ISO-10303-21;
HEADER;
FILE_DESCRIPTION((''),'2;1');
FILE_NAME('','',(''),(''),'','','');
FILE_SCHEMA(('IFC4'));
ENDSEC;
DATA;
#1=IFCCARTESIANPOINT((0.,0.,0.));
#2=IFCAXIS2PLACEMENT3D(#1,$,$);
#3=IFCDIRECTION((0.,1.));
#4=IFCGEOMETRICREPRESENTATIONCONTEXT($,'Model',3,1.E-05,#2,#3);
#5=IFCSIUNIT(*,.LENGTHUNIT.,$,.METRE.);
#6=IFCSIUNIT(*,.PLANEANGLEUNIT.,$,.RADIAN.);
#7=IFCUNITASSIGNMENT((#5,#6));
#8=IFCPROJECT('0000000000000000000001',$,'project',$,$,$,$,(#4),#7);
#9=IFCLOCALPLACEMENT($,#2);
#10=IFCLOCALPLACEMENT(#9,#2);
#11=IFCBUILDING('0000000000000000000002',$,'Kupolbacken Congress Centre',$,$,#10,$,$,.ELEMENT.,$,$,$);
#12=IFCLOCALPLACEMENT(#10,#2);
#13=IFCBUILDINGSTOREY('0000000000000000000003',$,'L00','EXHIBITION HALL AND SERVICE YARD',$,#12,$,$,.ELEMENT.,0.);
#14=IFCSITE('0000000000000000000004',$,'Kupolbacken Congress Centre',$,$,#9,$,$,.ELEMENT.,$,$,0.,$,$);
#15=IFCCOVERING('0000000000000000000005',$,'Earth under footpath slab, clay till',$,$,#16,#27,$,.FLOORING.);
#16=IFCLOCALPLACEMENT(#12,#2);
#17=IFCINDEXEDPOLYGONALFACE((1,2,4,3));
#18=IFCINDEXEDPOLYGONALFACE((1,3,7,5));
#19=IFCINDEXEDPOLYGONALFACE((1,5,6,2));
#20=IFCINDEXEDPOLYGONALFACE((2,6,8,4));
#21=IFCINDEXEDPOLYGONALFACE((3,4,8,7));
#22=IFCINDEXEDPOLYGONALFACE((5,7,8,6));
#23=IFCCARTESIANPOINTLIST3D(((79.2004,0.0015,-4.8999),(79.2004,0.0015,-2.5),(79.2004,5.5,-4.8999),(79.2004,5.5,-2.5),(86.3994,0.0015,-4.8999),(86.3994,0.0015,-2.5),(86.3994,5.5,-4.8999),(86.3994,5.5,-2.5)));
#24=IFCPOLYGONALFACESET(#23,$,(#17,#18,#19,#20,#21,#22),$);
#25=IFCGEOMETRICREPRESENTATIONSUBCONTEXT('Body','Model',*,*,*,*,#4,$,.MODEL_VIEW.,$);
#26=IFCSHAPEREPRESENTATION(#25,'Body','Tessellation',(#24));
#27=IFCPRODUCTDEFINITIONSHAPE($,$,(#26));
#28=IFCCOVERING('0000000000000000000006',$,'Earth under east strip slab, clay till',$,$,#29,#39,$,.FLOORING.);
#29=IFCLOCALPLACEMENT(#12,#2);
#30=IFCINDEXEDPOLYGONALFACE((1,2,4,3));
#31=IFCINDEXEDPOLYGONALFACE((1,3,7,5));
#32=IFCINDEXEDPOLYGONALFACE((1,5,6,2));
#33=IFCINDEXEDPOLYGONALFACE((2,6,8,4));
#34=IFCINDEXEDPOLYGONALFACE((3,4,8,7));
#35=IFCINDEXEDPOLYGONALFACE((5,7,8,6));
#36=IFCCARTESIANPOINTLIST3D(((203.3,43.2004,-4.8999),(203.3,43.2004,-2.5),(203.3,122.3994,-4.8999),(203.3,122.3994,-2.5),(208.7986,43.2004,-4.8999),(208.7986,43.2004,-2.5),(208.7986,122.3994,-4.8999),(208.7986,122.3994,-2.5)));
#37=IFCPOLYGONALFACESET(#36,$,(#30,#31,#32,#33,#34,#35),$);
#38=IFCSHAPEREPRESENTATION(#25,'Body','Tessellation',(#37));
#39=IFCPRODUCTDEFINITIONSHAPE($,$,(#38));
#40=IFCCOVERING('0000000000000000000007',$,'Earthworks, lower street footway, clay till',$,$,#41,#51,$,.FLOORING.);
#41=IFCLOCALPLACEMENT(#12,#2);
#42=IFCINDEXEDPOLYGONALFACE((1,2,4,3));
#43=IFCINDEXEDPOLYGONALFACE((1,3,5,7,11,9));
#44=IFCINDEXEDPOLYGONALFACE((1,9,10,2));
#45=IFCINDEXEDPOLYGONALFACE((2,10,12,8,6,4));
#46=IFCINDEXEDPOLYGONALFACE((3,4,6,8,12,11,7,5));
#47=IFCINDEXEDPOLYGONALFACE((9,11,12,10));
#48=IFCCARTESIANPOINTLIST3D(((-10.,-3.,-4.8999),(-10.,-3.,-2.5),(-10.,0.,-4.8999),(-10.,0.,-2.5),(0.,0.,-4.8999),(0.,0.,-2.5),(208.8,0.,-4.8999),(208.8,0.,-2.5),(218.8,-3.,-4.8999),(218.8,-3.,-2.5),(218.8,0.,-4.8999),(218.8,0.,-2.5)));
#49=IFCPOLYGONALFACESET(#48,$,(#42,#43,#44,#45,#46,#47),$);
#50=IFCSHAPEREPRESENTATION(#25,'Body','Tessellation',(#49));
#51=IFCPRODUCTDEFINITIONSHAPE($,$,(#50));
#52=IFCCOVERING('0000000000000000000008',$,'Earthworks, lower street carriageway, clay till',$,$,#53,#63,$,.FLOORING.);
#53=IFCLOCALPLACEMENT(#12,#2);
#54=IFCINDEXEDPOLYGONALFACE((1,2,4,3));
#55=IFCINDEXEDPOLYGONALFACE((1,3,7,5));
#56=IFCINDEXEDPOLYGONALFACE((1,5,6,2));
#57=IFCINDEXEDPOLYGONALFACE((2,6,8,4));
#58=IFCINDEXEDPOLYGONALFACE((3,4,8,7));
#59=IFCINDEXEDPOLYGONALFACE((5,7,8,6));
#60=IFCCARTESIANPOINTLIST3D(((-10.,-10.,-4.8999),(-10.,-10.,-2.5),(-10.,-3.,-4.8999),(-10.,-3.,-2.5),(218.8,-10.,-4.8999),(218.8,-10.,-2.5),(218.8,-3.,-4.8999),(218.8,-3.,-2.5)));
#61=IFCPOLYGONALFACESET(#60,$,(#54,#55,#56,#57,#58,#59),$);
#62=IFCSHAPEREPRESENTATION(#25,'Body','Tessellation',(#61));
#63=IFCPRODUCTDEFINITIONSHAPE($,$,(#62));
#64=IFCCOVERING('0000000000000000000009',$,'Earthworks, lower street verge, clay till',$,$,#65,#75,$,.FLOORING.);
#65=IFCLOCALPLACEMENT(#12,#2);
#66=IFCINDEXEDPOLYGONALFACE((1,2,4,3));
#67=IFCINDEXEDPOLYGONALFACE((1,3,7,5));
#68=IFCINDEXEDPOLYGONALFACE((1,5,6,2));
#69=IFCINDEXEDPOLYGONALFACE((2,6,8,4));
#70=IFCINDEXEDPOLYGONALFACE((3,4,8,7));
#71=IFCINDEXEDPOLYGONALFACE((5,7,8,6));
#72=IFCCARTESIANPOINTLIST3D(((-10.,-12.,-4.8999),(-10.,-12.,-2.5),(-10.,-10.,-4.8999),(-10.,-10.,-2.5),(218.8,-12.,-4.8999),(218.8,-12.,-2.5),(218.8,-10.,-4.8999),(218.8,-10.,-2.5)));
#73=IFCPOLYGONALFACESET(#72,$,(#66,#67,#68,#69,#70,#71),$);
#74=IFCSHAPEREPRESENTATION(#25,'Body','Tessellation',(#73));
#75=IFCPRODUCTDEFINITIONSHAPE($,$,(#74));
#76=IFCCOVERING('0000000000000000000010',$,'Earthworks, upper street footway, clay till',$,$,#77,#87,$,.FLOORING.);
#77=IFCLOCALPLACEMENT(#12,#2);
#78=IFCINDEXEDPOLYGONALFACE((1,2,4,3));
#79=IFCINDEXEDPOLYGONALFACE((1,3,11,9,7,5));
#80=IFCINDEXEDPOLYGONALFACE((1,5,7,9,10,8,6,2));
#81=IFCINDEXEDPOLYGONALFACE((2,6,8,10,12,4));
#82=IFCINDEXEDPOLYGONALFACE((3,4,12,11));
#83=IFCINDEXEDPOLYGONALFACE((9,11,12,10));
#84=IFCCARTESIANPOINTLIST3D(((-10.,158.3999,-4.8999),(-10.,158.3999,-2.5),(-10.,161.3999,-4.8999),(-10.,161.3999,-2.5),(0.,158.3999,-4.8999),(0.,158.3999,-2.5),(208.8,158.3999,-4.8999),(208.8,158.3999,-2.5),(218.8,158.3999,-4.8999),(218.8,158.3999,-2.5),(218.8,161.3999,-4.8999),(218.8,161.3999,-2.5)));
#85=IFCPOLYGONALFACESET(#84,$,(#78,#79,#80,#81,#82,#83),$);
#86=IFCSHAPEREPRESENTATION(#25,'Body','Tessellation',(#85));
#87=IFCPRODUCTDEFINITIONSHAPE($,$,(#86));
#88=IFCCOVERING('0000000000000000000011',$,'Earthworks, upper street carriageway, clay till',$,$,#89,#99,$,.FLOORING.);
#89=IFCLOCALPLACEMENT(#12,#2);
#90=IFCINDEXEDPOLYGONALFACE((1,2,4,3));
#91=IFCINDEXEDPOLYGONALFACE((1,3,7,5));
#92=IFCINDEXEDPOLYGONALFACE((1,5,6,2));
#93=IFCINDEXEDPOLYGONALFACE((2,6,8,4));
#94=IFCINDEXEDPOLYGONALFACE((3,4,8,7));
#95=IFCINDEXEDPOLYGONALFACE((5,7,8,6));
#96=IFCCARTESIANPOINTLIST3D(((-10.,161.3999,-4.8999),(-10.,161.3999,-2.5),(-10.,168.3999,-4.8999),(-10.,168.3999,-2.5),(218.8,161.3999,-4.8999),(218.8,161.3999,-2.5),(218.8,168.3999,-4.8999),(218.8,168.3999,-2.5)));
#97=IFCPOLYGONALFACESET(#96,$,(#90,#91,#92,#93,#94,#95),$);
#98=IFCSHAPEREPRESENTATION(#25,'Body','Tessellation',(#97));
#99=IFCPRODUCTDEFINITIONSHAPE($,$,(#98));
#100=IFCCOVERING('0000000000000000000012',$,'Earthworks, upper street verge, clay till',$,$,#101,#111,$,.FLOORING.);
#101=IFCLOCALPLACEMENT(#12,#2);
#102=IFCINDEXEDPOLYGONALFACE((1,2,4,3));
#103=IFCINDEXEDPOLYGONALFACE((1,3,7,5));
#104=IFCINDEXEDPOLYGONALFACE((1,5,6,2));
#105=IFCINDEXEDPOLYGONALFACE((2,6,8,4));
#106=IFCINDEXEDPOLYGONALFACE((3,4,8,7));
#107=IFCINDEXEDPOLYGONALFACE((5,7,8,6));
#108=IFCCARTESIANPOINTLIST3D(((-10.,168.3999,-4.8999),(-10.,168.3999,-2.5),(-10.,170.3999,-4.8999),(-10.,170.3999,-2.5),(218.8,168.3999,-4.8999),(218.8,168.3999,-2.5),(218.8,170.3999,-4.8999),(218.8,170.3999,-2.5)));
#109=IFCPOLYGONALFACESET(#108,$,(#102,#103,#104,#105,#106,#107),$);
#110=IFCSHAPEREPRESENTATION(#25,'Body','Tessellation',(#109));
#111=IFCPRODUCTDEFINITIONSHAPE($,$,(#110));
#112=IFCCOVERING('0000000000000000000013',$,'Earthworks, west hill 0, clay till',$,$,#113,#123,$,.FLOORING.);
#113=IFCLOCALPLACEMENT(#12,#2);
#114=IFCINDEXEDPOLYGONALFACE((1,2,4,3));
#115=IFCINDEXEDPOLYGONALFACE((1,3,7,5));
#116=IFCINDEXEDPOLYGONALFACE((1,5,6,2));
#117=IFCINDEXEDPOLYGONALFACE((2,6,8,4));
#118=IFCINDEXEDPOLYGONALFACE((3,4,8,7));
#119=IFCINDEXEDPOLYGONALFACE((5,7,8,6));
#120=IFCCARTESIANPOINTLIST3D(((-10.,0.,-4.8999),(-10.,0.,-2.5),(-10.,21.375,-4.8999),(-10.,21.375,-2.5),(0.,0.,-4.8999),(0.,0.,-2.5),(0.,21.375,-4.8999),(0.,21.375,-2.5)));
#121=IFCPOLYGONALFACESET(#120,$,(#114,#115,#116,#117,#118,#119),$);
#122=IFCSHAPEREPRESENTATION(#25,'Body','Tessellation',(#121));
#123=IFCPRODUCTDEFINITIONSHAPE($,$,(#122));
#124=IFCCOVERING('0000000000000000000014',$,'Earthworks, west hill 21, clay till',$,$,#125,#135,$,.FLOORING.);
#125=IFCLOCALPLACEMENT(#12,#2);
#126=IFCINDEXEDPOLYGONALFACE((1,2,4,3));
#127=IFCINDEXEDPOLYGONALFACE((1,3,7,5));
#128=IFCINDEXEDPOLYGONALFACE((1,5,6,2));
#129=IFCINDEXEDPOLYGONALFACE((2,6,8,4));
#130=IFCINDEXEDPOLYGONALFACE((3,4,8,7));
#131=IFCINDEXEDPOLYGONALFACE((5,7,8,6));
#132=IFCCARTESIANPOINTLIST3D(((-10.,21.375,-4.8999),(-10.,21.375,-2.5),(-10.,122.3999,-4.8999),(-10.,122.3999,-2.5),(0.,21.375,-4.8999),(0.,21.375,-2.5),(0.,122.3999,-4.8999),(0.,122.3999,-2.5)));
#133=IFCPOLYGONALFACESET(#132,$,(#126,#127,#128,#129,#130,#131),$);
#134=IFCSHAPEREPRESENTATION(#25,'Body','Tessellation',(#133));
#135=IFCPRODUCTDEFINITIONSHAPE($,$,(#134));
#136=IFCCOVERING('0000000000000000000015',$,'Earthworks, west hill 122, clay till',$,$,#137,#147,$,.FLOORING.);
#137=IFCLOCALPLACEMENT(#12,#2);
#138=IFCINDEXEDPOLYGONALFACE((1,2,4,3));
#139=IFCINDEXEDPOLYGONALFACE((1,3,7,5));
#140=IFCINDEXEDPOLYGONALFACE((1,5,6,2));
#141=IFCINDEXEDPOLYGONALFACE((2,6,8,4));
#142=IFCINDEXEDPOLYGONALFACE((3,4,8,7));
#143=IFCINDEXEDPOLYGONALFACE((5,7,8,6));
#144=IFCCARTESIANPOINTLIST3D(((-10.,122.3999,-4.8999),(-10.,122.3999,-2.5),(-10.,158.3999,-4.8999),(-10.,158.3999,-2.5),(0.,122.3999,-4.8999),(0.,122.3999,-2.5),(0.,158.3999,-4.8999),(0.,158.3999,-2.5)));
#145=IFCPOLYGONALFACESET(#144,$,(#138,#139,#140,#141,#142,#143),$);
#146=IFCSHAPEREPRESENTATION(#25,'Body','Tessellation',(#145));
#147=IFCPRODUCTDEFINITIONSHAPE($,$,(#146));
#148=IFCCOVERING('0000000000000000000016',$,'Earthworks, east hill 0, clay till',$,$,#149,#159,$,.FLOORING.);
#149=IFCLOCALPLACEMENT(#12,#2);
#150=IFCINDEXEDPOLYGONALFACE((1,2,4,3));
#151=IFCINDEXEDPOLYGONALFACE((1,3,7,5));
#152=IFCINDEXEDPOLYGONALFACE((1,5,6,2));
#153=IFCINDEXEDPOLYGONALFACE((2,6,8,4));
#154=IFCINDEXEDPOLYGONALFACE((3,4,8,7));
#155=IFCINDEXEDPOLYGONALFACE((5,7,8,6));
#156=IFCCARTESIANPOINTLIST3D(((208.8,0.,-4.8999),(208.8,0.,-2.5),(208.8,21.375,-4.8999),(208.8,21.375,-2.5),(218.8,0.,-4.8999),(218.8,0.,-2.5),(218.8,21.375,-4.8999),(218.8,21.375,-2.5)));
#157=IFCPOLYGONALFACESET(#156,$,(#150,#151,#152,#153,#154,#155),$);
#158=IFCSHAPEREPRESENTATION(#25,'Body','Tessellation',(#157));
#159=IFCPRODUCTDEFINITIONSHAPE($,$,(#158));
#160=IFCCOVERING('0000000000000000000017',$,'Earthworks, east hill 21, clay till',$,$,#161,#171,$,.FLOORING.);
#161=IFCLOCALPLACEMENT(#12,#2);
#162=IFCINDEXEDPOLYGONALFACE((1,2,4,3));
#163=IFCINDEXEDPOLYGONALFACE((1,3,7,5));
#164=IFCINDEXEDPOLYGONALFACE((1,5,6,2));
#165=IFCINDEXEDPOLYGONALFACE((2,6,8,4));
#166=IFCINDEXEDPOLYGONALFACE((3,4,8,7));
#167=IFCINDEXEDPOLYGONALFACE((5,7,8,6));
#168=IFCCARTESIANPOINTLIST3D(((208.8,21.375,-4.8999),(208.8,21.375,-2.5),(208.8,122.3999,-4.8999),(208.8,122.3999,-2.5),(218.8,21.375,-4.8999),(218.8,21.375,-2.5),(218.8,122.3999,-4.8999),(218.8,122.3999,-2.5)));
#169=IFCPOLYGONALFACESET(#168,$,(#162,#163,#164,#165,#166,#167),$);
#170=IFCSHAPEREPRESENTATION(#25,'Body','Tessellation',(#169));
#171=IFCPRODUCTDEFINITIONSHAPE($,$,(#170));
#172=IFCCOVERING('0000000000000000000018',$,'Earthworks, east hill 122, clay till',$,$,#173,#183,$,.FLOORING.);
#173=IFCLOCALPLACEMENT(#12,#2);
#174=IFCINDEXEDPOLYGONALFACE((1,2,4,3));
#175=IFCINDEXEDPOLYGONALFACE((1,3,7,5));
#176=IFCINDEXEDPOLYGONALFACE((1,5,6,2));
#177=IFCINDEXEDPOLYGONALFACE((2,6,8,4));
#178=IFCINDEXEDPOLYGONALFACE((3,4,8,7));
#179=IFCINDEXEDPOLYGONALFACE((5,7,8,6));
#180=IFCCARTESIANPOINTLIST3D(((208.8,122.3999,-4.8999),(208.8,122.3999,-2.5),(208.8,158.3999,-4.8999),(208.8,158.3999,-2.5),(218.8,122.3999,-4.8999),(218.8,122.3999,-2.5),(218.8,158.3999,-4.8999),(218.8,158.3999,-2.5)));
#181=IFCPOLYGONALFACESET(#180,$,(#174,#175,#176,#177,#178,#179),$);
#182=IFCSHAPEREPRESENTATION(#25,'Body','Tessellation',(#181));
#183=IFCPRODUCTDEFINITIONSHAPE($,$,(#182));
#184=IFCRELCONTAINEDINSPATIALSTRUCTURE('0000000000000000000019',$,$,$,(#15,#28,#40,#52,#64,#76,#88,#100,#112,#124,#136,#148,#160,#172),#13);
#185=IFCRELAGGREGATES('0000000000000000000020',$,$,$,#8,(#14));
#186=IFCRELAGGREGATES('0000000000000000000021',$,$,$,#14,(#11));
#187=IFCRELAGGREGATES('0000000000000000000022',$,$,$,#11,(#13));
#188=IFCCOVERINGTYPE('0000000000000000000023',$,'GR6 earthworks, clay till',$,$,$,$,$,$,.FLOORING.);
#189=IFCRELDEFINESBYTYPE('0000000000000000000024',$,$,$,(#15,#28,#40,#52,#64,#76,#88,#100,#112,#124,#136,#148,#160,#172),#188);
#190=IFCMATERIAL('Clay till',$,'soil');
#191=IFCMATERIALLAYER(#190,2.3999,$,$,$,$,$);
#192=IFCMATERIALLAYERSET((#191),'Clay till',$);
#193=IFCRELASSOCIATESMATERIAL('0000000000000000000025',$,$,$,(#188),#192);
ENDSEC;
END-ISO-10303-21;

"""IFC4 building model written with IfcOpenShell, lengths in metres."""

from ifc_helpers import new_model, si_unit, direction, frame, origin, place, context, subcontext, project, spatial, polyline, outline, extrude, material, layer, layer_set, type_object, element, save


model = new_model("IFC4")

# Units and contexts
model_context = context("Model", 3, precision=1e-05, world=origin(), true_north=direction((0.0, 1.0)))
body_context = subcontext(model_context, "Body", "Model", "MODEL_VIEW")
ifc_project = project(units=[si_unit("LENGTHUNIT", "METRE"), si_unit("PLANEANGLEUNIT", "RADIAN")], contexts=[model_context])

# Site, building, storey
site_placement = place(None, origin())
site = spatial("IfcSite", under=ifc_project, at=site_placement, Name="Kupolbacken Congress Centre", CompositionType="ELEMENT", RefElevation=0.0)
building_placement = place(site_placement, origin())
building = spatial("IfcBuilding", under=site, at=building_placement, Name="Kupolbacken Congress Centre", CompositionType="ELEMENT")
storey_placement = place(building_placement, origin())
storey = spatial("IfcBuildingStorey", under=building, at=storey_placement, Name="L00", Description="EXHIBITION HALL AND SERVICE YARD", CompositionType="ELEMENT", Elevation=0.0)

# Coverings
ifc_material_1 = material(Name="Clay till", Category="soil")
ifc_layer_1 = layer(ifc_material_1, 2.3999)
ifc_layer_set_1 = layer_set([ifc_layer_1], Name="Clay till")
covering_type_1 = type_object("IfcCoveringType", Name="GR6 earthworks, clay till", PredefinedType="FLOORING", material=ifc_layer_set_1)
covering_1_placement = place(storey_placement, frame((0.0, 0.0, -4.8999)))
element("IfcCovering", 1, at=covering_1_placement, inside=storey, type_object=covering_type_1, Name="Earth under footpath slab, clay till", PredefinedType="FLOORING", context=body_context, shape_type="SweptSolid", body=[
    extrude(outline(polyline([(79.2004, 5.5), (86.3994, 5.5), (86.3994, 0.0015), (79.2004, 0.0015), (79.2004, 5.5)])), origin(), (0.0, 0.0, 1.0), 2.3999),
])
covering_2_placement = place(storey_placement, frame((0.0, 0.0, -4.8999)))
element("IfcCovering", 2, at=covering_2_placement, inside=storey, type_object=covering_type_1, Name="Earth under east strip slab, clay till", PredefinedType="FLOORING", context=body_context, shape_type="SweptSolid", body=[
    extrude(outline(polyline([(203.3, 43.2004), (203.3, 122.3994), (208.7986, 122.3994), (208.7986, 43.2004), (203.3, 43.2004)])), origin(), (0.0, 0.0, 1.0), 2.3999),
])
covering_3_placement = place(storey_placement, frame((0.0, 0.0, -4.8999)))
element("IfcCovering", 3, at=covering_3_placement, inside=storey, type_object=covering_type_1, Name="Earthworks, lower street footway, clay till", PredefinedType="FLOORING", context=body_context, shape_type="SweptSolid", body=[
    extrude(outline(polyline([(218.8, 0.0), (218.8, -3.0), (-10.0, -3.0), (-10.0, 0.0), (0.0, 0.0), (208.8, 0.0), (218.8, 0.0)])), origin(), (0.0, 0.0, 1.0), 2.3999),
])
covering_4_placement = place(storey_placement, frame((0.0, 0.0, -4.8999)))
element("IfcCovering", 4, at=covering_4_placement, inside=storey, type_object=covering_type_1, Name="Earthworks, lower street carriageway, clay till", PredefinedType="FLOORING", context=body_context, shape_type="SweptSolid", body=[
    extrude(outline(polyline([(-10.0, -10.0), (-10.0, -3.0), (218.8, -3.0), (218.8, -10.0), (-10.0, -10.0)])), origin(), (0.0, 0.0, 1.0), 2.3999),
])
covering_5_placement = place(storey_placement, frame((0.0, 0.0, -4.8999)))
element("IfcCovering", 5, at=covering_5_placement, inside=storey, type_object=covering_type_1, Name="Earthworks, lower street verge, clay till", PredefinedType="FLOORING", context=body_context, shape_type="SweptSolid", body=[
    extrude(outline(polyline([(-10.0, -12.0), (-10.0, -10.0), (218.8, -10.0), (218.8, -12.0), (-10.0, -12.0)])), origin(), (0.0, 0.0, 1.0), 2.3999),
])
covering_6_placement = place(storey_placement, frame((0.0, 0.0, -4.8999)))
element("IfcCovering", 6, at=covering_6_placement, inside=storey, type_object=covering_type_1, Name="Earthworks, upper street footway, clay till", PredefinedType="FLOORING", context=body_context, shape_type="SweptSolid", body=[
    extrude(outline(polyline([(-10.0, 158.3999), (-10.0, 161.3999), (218.8, 161.3999), (218.8, 158.3999), (208.8, 158.3999), (0.0, 158.3999), (-10.0, 158.3999)])), origin(), (0.0, 0.0, 1.0), 2.3999),
])
covering_7_placement = place(storey_placement, frame((0.0, 0.0, -4.8999)))
element("IfcCovering", 7, at=covering_7_placement, inside=storey, type_object=covering_type_1, Name="Earthworks, upper street carriageway, clay till", PredefinedType="FLOORING", context=body_context, shape_type="SweptSolid", body=[
    extrude(outline(polyline([(-10.0, 161.3999), (-10.0, 168.3999), (218.8, 168.3999), (218.8, 161.3999), (-10.0, 161.3999)])), origin(), (0.0, 0.0, 1.0), 2.3999),
])
covering_8_placement = place(storey_placement, frame((0.0, 0.0, -4.8999)))
element("IfcCovering", 8, at=covering_8_placement, inside=storey, type_object=covering_type_1, Name="Earthworks, upper street verge, clay till", PredefinedType="FLOORING", context=body_context, shape_type="SweptSolid", body=[
    extrude(outline(polyline([(-10.0, 168.3999), (-10.0, 170.3999), (218.8, 170.3999), (218.8, 168.3999), (-10.0, 168.3999)])), origin(), (0.0, 0.0, 1.0), 2.3999),
])
covering_9_placement = place(storey_placement, frame((0.0, 0.0, -4.8999)))
element("IfcCovering", 9, at=covering_9_placement, inside=storey, type_object=covering_type_1, Name="Earthworks, west hill 0, clay till", PredefinedType="FLOORING", context=body_context, shape_type="SweptSolid", body=[
    extrude(outline(polyline([(0.0, 0.0), (-10.0, 0.0), (-10.0, 21.375), (0.0, 21.375), (0.0, 0.0)])), origin(), (0.0, 0.0, 1.0), 2.3999),
])
covering_10_placement = place(storey_placement, frame((0.0, 0.0, -4.8999)))
element("IfcCovering", 10, at=covering_10_placement, inside=storey, type_object=covering_type_1, Name="Earthworks, west hill 21, clay till", PredefinedType="FLOORING", context=body_context, shape_type="SweptSolid", body=[
    extrude(outline(polyline([(0.0, 21.375), (-10.0, 21.375), (-10.0, 122.3999), (0.0, 122.3999), (0.0, 21.375)])), origin(), (0.0, 0.0, 1.0), 2.3999),
])
covering_11_placement = place(storey_placement, frame((0.0, 0.0, -4.8999)))
element("IfcCovering", 11, at=covering_11_placement, inside=storey, type_object=covering_type_1, Name="Earthworks, west hill 122, clay till", PredefinedType="FLOORING", context=body_context, shape_type="SweptSolid", body=[
    extrude(outline(polyline([(0.0, 122.3999), (-10.0, 122.3999), (-10.0, 158.3999), (0.0, 158.3999), (0.0, 122.3999)])), origin(), (0.0, 0.0, 1.0), 2.3999),
])
covering_12_placement = place(storey_placement, frame((0.0, 0.0, -4.8999)))
element("IfcCovering", 12, at=covering_12_placement, inside=storey, type_object=covering_type_1, Name="Earthworks, east hill 0, clay till", PredefinedType="FLOORING", context=body_context, shape_type="SweptSolid", body=[
    extrude(outline(polyline([(218.8, 21.375), (218.8, 0.0), (208.8, 0.0), (208.8, 21.375), (218.8, 21.375)])), origin(), (0.0, 0.0, 1.0), 2.3999),
])
covering_13_placement = place(storey_placement, frame((0.0, 0.0, -4.8999)))
element("IfcCovering", 13, at=covering_13_placement, inside=storey, type_object=covering_type_1, Name="Earthworks, east hill 21, clay till", PredefinedType="FLOORING", context=body_context, shape_type="SweptSolid", body=[
    extrude(outline(polyline([(218.8, 122.3999), (218.8, 21.375), (208.8, 21.375), (208.8, 122.3999), (218.8, 122.3999)])), origin(), (0.0, 0.0, 1.0), 2.3999),
])
covering_14_placement = place(storey_placement, frame((0.0, 0.0, -4.8999)))
element("IfcCovering", 14, at=covering_14_placement, inside=storey, type_object=covering_type_1, Name="Earthworks, east hill 122, clay till", PredefinedType="FLOORING", context=body_context, shape_type="SweptSolid", body=[
    extrude(outline(polyline([(218.8, 158.3999), (218.8, 122.3999), (208.8, 122.3999), (208.8, 158.3999), (218.8, 158.3999)])), origin(), (0.0, 0.0, 1.0), 2.3999),
])

save(model, "model.ifc")
